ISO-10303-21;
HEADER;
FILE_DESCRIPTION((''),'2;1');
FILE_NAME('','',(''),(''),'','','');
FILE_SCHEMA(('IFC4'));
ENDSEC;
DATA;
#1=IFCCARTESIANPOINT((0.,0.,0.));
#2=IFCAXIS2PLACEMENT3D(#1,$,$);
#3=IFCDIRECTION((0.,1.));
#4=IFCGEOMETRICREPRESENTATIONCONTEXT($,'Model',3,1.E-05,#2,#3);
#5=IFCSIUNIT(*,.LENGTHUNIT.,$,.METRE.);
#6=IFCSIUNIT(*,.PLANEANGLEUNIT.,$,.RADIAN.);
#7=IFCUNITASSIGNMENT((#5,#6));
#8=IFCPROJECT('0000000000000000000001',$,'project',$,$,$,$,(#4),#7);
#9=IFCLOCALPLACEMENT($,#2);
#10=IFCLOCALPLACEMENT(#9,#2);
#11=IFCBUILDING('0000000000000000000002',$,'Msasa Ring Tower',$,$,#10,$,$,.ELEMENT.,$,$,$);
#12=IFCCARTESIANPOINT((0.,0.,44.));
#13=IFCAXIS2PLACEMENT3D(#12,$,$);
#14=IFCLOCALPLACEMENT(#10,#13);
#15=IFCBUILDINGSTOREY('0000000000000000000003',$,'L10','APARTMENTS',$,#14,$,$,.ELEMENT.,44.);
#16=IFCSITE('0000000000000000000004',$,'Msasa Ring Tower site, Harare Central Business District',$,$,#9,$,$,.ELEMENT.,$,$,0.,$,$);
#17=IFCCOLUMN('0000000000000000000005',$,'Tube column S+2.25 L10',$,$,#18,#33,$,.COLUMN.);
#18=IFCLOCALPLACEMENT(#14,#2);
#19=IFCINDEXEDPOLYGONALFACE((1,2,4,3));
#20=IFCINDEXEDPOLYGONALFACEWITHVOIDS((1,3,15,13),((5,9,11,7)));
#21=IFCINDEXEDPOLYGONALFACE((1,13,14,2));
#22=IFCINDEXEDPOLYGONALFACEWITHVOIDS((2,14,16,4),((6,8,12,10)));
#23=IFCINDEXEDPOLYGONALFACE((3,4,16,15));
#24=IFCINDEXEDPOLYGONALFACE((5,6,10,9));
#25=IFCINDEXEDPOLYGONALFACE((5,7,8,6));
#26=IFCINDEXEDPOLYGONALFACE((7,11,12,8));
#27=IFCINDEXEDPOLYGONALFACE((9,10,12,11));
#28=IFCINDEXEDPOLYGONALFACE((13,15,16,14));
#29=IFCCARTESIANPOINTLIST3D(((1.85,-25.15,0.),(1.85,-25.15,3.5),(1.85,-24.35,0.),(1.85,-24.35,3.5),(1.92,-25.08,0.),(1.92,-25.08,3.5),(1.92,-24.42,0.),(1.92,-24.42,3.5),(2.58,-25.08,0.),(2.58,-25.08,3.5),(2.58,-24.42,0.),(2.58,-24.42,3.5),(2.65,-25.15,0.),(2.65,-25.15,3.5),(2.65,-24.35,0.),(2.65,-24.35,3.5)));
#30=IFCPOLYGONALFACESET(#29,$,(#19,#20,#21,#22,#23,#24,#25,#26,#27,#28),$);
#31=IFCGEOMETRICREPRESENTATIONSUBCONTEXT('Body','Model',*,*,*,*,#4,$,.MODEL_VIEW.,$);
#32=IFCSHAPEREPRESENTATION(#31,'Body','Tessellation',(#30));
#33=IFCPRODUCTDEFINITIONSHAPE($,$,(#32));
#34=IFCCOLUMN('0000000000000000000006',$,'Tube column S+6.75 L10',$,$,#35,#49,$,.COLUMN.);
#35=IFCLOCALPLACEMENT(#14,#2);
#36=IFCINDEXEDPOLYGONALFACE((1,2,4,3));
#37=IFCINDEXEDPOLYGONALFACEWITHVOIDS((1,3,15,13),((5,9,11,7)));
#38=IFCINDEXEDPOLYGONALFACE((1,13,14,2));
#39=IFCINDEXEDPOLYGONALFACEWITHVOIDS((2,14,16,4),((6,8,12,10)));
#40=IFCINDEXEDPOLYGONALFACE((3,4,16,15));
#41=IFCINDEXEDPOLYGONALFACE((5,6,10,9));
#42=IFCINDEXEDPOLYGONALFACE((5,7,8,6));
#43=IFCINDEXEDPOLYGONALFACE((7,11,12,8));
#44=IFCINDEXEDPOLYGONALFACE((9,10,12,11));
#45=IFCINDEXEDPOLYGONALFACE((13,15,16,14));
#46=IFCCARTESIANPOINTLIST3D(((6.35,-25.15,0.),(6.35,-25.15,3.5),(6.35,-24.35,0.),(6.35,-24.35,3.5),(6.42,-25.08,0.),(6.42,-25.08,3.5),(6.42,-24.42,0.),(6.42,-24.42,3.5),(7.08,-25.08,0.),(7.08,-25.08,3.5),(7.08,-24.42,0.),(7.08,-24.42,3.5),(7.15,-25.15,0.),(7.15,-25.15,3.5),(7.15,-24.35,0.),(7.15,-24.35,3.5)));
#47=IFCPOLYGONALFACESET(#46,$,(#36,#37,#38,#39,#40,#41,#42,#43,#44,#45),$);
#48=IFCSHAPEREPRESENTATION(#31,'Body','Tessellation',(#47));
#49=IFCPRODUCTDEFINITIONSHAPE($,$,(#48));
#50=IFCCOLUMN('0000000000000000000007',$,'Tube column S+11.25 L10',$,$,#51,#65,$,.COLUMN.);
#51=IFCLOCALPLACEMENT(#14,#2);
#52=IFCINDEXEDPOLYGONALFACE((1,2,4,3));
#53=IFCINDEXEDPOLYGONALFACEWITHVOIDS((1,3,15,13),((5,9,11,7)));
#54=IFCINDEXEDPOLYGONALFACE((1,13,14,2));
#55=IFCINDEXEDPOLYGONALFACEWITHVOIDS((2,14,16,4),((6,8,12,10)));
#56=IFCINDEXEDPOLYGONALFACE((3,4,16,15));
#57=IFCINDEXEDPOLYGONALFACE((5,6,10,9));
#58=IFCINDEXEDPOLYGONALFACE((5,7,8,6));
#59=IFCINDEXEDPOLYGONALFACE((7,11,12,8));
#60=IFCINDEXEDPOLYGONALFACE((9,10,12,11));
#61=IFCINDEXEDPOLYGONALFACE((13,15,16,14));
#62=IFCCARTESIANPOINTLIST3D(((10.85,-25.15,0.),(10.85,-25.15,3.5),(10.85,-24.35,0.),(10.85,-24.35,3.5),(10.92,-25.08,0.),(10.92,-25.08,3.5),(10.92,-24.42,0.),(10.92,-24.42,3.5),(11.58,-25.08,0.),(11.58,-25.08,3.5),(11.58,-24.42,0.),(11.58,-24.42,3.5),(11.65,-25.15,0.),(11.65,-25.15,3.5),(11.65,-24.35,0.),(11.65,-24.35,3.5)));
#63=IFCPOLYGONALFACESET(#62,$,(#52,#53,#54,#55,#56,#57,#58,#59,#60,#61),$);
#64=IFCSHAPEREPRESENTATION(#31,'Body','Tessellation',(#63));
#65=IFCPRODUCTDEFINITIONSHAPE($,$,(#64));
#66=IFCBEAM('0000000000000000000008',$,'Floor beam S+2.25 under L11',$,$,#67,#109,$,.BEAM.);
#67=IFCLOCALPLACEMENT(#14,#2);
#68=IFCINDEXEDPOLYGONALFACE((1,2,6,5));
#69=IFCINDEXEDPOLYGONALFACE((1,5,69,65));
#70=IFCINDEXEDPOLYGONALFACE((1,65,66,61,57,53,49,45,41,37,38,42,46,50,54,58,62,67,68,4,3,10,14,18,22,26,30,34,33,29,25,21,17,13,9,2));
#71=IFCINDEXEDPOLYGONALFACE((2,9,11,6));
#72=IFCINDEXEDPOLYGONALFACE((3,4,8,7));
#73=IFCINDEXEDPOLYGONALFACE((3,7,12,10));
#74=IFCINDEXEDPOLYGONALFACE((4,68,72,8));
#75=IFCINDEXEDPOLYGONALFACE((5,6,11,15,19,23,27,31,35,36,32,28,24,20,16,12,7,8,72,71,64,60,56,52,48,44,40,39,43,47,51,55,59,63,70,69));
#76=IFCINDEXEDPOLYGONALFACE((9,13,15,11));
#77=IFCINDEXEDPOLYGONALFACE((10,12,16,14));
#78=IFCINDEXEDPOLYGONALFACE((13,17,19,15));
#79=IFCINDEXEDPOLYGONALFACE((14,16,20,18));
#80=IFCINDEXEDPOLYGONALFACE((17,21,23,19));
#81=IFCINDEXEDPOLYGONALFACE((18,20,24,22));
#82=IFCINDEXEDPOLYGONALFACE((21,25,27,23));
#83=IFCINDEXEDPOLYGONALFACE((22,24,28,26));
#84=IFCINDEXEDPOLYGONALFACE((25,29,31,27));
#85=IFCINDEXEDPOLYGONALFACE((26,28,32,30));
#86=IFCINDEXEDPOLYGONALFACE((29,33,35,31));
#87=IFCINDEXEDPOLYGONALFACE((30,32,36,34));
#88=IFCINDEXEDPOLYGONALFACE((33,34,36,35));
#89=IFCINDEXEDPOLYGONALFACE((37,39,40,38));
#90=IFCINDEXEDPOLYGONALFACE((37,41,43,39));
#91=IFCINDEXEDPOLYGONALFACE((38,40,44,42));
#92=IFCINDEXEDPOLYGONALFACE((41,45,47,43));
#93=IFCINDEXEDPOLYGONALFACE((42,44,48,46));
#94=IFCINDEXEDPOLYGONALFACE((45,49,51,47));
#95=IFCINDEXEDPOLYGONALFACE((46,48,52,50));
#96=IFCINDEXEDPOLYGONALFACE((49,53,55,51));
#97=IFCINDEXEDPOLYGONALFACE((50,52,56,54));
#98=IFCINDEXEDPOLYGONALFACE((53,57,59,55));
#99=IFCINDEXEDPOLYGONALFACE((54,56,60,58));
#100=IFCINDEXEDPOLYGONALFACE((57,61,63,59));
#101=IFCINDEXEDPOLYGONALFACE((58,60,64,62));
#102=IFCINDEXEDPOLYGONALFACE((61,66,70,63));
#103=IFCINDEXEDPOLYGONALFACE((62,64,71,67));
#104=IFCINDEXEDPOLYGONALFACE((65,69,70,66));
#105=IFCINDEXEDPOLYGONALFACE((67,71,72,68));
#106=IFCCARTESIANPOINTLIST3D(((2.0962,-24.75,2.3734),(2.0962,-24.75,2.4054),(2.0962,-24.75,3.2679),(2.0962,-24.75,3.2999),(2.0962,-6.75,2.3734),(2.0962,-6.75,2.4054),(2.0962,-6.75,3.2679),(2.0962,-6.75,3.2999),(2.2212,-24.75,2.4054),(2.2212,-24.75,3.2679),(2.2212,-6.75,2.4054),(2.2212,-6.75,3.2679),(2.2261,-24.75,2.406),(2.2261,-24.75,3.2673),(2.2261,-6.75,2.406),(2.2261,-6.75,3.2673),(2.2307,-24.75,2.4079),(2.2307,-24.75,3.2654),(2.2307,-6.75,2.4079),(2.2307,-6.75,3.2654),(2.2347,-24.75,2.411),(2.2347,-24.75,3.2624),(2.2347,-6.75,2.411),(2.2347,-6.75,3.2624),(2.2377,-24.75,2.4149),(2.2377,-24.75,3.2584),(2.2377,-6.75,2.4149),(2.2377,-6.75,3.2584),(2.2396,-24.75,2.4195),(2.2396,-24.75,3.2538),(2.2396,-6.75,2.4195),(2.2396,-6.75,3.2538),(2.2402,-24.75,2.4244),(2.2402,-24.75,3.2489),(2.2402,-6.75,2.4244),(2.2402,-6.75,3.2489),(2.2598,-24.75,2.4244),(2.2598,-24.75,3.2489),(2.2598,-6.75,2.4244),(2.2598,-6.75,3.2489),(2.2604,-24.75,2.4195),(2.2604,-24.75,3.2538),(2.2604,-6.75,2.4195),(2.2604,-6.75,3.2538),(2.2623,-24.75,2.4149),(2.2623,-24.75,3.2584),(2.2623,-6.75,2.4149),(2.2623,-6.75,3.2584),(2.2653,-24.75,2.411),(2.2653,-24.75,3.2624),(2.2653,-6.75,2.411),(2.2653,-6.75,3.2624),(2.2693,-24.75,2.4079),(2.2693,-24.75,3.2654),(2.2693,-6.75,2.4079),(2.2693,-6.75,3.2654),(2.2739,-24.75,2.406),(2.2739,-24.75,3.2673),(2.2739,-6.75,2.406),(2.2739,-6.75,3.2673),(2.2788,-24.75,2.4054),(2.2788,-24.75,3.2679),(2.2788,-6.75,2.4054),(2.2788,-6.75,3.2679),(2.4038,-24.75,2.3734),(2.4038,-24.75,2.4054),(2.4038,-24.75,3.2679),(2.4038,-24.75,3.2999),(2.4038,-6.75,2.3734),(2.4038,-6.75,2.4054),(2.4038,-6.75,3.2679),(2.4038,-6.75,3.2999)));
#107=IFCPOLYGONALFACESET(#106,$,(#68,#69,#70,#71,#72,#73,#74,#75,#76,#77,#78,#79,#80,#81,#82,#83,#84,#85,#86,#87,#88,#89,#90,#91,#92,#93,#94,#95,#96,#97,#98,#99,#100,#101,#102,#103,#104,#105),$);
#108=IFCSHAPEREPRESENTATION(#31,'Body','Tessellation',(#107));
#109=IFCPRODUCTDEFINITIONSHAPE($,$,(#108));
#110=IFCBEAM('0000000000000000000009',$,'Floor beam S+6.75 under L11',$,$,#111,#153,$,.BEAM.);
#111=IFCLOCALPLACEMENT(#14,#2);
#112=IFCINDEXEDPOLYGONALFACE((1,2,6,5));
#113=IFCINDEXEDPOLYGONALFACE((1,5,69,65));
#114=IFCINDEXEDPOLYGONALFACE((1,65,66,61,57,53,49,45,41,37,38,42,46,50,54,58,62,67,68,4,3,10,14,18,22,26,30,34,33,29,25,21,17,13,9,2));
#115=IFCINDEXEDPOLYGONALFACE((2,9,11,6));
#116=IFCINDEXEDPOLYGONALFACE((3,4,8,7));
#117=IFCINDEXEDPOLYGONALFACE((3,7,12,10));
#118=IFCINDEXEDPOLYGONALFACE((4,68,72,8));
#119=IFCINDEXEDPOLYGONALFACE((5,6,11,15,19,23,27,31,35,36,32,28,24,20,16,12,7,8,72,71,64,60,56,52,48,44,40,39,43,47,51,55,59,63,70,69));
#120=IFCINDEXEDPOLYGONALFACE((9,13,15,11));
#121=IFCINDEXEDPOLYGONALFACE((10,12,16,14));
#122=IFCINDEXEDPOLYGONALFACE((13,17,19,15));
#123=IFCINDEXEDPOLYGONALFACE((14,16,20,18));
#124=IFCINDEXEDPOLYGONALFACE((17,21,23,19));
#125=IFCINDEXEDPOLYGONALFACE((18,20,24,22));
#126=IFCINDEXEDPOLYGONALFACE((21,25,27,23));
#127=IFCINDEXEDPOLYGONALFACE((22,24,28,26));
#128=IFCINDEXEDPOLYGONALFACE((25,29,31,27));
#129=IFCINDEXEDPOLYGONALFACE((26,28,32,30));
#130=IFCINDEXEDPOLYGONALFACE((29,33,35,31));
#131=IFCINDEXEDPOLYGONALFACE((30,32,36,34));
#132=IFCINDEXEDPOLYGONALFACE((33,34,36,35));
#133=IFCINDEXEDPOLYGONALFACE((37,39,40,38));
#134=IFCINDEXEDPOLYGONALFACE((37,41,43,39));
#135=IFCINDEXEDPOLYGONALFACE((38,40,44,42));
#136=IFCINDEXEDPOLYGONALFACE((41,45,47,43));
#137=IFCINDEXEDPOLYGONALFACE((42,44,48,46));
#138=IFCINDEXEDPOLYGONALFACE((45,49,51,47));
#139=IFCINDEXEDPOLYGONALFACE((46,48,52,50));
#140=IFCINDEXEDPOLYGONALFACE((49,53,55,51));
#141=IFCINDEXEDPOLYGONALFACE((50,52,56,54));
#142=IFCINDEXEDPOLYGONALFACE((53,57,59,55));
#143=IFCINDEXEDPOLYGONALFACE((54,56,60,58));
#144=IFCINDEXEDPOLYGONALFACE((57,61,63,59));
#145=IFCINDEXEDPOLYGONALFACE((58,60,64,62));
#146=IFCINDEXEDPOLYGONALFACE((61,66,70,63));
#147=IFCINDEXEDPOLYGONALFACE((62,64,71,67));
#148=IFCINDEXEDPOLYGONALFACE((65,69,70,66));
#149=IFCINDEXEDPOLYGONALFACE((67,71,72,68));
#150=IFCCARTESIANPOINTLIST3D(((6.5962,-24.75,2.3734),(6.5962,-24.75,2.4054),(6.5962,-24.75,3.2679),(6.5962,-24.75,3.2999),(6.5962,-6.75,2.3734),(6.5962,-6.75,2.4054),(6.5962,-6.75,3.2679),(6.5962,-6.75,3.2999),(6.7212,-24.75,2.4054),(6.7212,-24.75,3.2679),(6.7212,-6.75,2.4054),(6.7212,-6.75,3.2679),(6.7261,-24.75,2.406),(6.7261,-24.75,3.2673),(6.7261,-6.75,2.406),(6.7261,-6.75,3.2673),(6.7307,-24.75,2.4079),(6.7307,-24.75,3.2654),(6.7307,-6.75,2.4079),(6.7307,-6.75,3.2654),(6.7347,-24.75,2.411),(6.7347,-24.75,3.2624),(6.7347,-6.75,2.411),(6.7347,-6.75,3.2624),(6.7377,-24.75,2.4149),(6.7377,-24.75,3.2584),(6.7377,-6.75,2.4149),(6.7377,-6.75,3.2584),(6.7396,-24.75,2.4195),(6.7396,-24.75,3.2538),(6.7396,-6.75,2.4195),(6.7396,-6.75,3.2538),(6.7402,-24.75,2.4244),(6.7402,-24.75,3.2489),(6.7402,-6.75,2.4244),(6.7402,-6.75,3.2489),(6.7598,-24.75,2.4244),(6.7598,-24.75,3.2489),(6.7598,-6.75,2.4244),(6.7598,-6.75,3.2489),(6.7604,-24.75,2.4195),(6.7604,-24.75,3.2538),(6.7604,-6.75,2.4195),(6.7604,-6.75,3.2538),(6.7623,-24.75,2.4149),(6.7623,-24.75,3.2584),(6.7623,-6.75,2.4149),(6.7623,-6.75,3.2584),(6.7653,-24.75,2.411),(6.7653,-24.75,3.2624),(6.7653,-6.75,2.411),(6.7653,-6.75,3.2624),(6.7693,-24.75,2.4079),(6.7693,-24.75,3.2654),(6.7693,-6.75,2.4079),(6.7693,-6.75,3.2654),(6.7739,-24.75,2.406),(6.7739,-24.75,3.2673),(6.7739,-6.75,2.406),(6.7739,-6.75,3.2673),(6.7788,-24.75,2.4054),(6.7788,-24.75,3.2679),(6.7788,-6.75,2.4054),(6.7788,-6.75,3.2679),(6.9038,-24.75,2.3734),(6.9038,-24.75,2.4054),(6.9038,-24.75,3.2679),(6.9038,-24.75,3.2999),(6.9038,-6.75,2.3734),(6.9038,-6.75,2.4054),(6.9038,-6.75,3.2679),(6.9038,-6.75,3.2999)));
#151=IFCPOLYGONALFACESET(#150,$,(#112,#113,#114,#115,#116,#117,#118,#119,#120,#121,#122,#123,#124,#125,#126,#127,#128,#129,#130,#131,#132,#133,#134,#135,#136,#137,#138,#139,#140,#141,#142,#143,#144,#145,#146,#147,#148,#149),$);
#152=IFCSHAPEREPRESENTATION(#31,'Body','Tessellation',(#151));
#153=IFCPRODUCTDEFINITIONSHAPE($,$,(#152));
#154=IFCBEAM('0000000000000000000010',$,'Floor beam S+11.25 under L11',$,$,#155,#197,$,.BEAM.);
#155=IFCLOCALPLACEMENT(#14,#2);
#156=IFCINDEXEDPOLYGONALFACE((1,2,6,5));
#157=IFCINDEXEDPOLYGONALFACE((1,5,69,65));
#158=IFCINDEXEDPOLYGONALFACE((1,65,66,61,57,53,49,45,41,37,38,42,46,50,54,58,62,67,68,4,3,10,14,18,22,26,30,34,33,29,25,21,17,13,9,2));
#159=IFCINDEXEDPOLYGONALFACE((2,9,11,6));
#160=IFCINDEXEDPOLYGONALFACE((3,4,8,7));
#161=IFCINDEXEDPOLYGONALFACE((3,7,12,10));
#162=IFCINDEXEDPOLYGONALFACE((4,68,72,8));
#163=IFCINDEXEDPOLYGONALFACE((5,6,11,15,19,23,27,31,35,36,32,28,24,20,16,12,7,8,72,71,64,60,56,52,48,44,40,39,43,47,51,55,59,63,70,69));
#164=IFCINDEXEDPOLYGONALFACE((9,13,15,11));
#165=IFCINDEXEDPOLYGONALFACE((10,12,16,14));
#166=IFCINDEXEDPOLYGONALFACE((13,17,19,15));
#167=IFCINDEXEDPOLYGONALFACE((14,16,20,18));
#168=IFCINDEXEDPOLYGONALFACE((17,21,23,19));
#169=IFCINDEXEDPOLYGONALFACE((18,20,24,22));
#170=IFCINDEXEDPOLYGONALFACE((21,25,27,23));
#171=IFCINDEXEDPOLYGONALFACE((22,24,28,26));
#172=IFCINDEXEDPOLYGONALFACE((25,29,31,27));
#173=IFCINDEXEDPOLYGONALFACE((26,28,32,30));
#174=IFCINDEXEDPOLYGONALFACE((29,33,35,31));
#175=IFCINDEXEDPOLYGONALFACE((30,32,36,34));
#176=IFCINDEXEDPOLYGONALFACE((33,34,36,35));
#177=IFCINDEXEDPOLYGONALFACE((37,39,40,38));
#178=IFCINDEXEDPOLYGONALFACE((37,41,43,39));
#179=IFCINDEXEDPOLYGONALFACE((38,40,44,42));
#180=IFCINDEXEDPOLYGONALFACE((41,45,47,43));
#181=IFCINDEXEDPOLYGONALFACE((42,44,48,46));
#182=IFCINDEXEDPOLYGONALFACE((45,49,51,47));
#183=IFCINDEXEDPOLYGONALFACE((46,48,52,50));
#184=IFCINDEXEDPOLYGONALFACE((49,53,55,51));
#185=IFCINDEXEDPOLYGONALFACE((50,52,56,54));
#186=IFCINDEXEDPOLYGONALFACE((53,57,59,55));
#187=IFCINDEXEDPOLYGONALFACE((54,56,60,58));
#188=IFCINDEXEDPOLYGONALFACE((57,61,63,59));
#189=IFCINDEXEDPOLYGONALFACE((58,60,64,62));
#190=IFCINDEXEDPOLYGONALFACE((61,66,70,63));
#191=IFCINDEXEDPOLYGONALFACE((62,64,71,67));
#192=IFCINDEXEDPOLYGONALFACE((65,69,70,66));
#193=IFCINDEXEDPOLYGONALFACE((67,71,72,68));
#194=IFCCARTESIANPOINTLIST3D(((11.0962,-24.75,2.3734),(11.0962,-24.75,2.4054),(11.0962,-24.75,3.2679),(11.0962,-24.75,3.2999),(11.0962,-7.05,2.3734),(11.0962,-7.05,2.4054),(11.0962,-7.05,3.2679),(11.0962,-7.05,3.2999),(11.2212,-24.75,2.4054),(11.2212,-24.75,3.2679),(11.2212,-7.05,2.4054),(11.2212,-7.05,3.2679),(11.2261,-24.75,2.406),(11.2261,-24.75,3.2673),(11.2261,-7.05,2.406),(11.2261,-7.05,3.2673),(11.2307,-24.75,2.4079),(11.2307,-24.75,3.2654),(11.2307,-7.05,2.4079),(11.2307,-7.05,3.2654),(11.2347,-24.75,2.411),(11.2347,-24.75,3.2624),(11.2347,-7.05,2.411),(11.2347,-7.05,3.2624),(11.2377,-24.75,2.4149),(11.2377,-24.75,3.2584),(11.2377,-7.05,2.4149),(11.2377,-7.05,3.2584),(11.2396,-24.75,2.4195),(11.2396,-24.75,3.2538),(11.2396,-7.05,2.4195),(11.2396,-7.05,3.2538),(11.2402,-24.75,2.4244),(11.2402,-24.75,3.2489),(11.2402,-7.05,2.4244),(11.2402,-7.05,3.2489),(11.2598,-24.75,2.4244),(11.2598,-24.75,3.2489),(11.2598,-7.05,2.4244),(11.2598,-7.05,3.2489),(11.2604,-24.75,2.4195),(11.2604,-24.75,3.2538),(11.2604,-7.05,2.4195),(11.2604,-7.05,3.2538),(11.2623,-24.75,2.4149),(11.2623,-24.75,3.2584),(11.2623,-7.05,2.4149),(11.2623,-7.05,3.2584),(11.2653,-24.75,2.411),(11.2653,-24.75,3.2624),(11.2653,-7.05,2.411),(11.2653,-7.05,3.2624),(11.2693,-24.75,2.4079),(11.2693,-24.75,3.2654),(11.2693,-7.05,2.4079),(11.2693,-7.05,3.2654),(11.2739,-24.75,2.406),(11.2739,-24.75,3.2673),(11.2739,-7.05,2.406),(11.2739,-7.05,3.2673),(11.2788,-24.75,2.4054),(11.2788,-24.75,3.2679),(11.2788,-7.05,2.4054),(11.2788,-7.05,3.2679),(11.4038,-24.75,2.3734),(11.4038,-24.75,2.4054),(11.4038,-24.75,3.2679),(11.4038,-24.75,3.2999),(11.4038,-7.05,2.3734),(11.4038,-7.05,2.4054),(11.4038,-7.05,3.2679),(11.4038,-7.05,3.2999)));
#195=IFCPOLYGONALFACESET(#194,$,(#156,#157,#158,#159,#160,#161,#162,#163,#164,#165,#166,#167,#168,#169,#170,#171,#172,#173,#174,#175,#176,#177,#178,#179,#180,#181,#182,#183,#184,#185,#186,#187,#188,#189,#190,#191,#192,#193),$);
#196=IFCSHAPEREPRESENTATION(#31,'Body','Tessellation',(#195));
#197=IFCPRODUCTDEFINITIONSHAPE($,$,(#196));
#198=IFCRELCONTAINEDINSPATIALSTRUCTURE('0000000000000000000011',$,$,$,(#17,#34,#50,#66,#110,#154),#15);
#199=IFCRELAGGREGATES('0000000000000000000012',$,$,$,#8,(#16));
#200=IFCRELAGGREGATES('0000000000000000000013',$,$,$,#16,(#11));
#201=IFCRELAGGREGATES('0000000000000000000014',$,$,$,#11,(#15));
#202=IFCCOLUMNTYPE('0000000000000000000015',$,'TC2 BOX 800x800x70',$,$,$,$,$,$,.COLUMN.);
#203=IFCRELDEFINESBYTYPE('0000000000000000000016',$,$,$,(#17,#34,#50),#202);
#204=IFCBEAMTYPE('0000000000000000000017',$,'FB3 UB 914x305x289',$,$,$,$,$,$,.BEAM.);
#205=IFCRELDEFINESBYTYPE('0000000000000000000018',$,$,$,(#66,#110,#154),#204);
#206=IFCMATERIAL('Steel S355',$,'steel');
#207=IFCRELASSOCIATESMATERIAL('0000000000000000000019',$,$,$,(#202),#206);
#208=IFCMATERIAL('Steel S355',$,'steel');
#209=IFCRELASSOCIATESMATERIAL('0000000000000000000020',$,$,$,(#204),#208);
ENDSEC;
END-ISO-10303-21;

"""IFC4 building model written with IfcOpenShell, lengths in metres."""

from ifc_helpers import new_model, si_unit, direction, frame, origin, origin_2d, place, context, subcontext, project, spatial, hollow_rectangle, i_section, extrude, material, material_profile, profile_set, type_object, element, save


model = new_model("IFC4")

# Units and contexts
model_context = context("Model", 3, precision=1e-05, world=origin(), true_north=direction((0.0, 1.0)))
body_context = subcontext(model_context, "Body", "Model", "MODEL_VIEW")
ifc_project = project(units=[si_unit("LENGTHUNIT", "METRE"), si_unit("PLANEANGLEUNIT", "RADIAN")], contexts=[model_context])

# Site, building, storey
site_placement = place(None, origin())
site = spatial("IfcSite", under=ifc_project, at=site_placement, Name="Msasa Ring Tower site, Harare Central Business District", CompositionType="ELEMENT", RefElevation=0.0)
building_placement = place(site_placement, origin())
building = spatial("IfcBuilding", under=site, at=building_placement, Name="Msasa Ring Tower", CompositionType="ELEMENT")
storey_placement = place(building_placement, frame((0.0, 0.0, 44.0)))
storey = spatial("IfcBuildingStorey", under=building, at=storey_placement, Name="L10", Description="APARTMENTS", CompositionType="ELEMENT", Elevation=44.0)

# Columns
ifc_material_1 = material(Name="Steel S355", Category="steel")
ifc_material_profile_1 = material_profile(ifc_material_1, hollow_rectangle(XDim=0.8, YDim=0.8, WallThickness=0.0701, at=origin_2d()), Name="BOX 800x800x70")
ifc_profile_set_1 = profile_set([ifc_material_profile_1], Name="Steel S355")
column_type = type_object("IfcColumnType", Name="TC2 BOX 800x800x70", PredefinedType="COLUMN", material=ifc_profile_set_1)
for number, where, z_axis, x_axis, name in (
    (1, (2.25, -24.75, 0.0), (0.0, 0.0, 1.0), (0.0, 1.0, 0.0), "Tube column S+2.25 L10"),
    (2, (6.75, -24.75, 0.0), (0.0, 0.0, 1.0), (0.0, 1.0, 0.0), "Tube column S+6.75 L10"),
    (3, (11.25, -24.75, 0.0), (0.0, 0.0, 1.0), (0.0, 1.0, 0.0), "Tube column S+11.25 L10"),
):
    element("IfcColumn", number, at=place(storey_placement, frame(where, z_axis=z_axis, x_axis=x_axis)), inside=storey, type_object=column_type, Name=name, PredefinedType="COLUMN", context=body_context, shape_type="SweptSolid", body=[
        extrude(hollow_rectangle(XDim=0.8, YDim=0.8, WallThickness=0.0701, at=origin_2d()), origin(), (0.0, 0.0, 1.0), 3.5),
    ])

# Beams
ifc_material_2 = material(Name="Steel S355", Category="steel")
ifc_material_profile_2 = material_profile(ifc_material_2, i_section(OverallWidth=0.3076, OverallDepth=0.9265, WebThickness=0.0195, FlangeThickness=0.032, FilletRadius=0.019, at=origin_2d()), Name="UB 914x305x289")
ifc_profile_set_2 = profile_set([ifc_material_profile_2], Name="Steel S355")
beam_type_1 = type_object("IfcBeamType", Name="FB3 UB 914x305x289", PredefinedType="BEAM", material=ifc_profile_set_2)
for number, where, z_axis, x_axis, name in (
    (4, (2.25, -24.75, 2.8367), (0.0, 1.0, 0.0), (-1.0, 0.0, 0.0), "Floor beam S+2.25 under L11"),
    (5, (6.75, -24.75, 2.8367), (0.0, 1.0, 0.0), (-1.0, 0.0, 0.0), "Floor beam S+6.75 under L11"),
):
    element("IfcBeam", number, at=place(storey_placement, frame(where, z_axis=z_axis, x_axis=x_axis)), inside=storey, type_object=beam_type_1, Name=name, PredefinedType="BEAM", context=body_context, shape_type="SweptSolid", body=[
        extrude(i_section(OverallWidth=0.3076, OverallDepth=0.9265, WebThickness=0.0195, FlangeThickness=0.032, FilletRadius=0.019, at=origin_2d()), origin(), (0.0, 0.0, 1.0), 18.0),
    ])
beam_placement = place(storey_placement, frame((11.25, -24.75, 2.8367), z_axis=(0.0, 1.0, 0.0), x_axis=(-1.0, 0.0, 0.0)))
element("IfcBeam", 6, at=beam_placement, inside=storey, type_object=beam_type_1, Name="Floor beam S+11.25 under L11", PredefinedType="BEAM", context=body_context, shape_type="SweptSolid", body=[
    extrude(i_section(OverallWidth=0.3076, OverallDepth=0.9265, WebThickness=0.0195, FlangeThickness=0.032, FilletRadius=0.019, at=origin_2d()), origin(), (0.0, 0.0, 1.0), 17.7),
])

save(model, "model.ifc")
